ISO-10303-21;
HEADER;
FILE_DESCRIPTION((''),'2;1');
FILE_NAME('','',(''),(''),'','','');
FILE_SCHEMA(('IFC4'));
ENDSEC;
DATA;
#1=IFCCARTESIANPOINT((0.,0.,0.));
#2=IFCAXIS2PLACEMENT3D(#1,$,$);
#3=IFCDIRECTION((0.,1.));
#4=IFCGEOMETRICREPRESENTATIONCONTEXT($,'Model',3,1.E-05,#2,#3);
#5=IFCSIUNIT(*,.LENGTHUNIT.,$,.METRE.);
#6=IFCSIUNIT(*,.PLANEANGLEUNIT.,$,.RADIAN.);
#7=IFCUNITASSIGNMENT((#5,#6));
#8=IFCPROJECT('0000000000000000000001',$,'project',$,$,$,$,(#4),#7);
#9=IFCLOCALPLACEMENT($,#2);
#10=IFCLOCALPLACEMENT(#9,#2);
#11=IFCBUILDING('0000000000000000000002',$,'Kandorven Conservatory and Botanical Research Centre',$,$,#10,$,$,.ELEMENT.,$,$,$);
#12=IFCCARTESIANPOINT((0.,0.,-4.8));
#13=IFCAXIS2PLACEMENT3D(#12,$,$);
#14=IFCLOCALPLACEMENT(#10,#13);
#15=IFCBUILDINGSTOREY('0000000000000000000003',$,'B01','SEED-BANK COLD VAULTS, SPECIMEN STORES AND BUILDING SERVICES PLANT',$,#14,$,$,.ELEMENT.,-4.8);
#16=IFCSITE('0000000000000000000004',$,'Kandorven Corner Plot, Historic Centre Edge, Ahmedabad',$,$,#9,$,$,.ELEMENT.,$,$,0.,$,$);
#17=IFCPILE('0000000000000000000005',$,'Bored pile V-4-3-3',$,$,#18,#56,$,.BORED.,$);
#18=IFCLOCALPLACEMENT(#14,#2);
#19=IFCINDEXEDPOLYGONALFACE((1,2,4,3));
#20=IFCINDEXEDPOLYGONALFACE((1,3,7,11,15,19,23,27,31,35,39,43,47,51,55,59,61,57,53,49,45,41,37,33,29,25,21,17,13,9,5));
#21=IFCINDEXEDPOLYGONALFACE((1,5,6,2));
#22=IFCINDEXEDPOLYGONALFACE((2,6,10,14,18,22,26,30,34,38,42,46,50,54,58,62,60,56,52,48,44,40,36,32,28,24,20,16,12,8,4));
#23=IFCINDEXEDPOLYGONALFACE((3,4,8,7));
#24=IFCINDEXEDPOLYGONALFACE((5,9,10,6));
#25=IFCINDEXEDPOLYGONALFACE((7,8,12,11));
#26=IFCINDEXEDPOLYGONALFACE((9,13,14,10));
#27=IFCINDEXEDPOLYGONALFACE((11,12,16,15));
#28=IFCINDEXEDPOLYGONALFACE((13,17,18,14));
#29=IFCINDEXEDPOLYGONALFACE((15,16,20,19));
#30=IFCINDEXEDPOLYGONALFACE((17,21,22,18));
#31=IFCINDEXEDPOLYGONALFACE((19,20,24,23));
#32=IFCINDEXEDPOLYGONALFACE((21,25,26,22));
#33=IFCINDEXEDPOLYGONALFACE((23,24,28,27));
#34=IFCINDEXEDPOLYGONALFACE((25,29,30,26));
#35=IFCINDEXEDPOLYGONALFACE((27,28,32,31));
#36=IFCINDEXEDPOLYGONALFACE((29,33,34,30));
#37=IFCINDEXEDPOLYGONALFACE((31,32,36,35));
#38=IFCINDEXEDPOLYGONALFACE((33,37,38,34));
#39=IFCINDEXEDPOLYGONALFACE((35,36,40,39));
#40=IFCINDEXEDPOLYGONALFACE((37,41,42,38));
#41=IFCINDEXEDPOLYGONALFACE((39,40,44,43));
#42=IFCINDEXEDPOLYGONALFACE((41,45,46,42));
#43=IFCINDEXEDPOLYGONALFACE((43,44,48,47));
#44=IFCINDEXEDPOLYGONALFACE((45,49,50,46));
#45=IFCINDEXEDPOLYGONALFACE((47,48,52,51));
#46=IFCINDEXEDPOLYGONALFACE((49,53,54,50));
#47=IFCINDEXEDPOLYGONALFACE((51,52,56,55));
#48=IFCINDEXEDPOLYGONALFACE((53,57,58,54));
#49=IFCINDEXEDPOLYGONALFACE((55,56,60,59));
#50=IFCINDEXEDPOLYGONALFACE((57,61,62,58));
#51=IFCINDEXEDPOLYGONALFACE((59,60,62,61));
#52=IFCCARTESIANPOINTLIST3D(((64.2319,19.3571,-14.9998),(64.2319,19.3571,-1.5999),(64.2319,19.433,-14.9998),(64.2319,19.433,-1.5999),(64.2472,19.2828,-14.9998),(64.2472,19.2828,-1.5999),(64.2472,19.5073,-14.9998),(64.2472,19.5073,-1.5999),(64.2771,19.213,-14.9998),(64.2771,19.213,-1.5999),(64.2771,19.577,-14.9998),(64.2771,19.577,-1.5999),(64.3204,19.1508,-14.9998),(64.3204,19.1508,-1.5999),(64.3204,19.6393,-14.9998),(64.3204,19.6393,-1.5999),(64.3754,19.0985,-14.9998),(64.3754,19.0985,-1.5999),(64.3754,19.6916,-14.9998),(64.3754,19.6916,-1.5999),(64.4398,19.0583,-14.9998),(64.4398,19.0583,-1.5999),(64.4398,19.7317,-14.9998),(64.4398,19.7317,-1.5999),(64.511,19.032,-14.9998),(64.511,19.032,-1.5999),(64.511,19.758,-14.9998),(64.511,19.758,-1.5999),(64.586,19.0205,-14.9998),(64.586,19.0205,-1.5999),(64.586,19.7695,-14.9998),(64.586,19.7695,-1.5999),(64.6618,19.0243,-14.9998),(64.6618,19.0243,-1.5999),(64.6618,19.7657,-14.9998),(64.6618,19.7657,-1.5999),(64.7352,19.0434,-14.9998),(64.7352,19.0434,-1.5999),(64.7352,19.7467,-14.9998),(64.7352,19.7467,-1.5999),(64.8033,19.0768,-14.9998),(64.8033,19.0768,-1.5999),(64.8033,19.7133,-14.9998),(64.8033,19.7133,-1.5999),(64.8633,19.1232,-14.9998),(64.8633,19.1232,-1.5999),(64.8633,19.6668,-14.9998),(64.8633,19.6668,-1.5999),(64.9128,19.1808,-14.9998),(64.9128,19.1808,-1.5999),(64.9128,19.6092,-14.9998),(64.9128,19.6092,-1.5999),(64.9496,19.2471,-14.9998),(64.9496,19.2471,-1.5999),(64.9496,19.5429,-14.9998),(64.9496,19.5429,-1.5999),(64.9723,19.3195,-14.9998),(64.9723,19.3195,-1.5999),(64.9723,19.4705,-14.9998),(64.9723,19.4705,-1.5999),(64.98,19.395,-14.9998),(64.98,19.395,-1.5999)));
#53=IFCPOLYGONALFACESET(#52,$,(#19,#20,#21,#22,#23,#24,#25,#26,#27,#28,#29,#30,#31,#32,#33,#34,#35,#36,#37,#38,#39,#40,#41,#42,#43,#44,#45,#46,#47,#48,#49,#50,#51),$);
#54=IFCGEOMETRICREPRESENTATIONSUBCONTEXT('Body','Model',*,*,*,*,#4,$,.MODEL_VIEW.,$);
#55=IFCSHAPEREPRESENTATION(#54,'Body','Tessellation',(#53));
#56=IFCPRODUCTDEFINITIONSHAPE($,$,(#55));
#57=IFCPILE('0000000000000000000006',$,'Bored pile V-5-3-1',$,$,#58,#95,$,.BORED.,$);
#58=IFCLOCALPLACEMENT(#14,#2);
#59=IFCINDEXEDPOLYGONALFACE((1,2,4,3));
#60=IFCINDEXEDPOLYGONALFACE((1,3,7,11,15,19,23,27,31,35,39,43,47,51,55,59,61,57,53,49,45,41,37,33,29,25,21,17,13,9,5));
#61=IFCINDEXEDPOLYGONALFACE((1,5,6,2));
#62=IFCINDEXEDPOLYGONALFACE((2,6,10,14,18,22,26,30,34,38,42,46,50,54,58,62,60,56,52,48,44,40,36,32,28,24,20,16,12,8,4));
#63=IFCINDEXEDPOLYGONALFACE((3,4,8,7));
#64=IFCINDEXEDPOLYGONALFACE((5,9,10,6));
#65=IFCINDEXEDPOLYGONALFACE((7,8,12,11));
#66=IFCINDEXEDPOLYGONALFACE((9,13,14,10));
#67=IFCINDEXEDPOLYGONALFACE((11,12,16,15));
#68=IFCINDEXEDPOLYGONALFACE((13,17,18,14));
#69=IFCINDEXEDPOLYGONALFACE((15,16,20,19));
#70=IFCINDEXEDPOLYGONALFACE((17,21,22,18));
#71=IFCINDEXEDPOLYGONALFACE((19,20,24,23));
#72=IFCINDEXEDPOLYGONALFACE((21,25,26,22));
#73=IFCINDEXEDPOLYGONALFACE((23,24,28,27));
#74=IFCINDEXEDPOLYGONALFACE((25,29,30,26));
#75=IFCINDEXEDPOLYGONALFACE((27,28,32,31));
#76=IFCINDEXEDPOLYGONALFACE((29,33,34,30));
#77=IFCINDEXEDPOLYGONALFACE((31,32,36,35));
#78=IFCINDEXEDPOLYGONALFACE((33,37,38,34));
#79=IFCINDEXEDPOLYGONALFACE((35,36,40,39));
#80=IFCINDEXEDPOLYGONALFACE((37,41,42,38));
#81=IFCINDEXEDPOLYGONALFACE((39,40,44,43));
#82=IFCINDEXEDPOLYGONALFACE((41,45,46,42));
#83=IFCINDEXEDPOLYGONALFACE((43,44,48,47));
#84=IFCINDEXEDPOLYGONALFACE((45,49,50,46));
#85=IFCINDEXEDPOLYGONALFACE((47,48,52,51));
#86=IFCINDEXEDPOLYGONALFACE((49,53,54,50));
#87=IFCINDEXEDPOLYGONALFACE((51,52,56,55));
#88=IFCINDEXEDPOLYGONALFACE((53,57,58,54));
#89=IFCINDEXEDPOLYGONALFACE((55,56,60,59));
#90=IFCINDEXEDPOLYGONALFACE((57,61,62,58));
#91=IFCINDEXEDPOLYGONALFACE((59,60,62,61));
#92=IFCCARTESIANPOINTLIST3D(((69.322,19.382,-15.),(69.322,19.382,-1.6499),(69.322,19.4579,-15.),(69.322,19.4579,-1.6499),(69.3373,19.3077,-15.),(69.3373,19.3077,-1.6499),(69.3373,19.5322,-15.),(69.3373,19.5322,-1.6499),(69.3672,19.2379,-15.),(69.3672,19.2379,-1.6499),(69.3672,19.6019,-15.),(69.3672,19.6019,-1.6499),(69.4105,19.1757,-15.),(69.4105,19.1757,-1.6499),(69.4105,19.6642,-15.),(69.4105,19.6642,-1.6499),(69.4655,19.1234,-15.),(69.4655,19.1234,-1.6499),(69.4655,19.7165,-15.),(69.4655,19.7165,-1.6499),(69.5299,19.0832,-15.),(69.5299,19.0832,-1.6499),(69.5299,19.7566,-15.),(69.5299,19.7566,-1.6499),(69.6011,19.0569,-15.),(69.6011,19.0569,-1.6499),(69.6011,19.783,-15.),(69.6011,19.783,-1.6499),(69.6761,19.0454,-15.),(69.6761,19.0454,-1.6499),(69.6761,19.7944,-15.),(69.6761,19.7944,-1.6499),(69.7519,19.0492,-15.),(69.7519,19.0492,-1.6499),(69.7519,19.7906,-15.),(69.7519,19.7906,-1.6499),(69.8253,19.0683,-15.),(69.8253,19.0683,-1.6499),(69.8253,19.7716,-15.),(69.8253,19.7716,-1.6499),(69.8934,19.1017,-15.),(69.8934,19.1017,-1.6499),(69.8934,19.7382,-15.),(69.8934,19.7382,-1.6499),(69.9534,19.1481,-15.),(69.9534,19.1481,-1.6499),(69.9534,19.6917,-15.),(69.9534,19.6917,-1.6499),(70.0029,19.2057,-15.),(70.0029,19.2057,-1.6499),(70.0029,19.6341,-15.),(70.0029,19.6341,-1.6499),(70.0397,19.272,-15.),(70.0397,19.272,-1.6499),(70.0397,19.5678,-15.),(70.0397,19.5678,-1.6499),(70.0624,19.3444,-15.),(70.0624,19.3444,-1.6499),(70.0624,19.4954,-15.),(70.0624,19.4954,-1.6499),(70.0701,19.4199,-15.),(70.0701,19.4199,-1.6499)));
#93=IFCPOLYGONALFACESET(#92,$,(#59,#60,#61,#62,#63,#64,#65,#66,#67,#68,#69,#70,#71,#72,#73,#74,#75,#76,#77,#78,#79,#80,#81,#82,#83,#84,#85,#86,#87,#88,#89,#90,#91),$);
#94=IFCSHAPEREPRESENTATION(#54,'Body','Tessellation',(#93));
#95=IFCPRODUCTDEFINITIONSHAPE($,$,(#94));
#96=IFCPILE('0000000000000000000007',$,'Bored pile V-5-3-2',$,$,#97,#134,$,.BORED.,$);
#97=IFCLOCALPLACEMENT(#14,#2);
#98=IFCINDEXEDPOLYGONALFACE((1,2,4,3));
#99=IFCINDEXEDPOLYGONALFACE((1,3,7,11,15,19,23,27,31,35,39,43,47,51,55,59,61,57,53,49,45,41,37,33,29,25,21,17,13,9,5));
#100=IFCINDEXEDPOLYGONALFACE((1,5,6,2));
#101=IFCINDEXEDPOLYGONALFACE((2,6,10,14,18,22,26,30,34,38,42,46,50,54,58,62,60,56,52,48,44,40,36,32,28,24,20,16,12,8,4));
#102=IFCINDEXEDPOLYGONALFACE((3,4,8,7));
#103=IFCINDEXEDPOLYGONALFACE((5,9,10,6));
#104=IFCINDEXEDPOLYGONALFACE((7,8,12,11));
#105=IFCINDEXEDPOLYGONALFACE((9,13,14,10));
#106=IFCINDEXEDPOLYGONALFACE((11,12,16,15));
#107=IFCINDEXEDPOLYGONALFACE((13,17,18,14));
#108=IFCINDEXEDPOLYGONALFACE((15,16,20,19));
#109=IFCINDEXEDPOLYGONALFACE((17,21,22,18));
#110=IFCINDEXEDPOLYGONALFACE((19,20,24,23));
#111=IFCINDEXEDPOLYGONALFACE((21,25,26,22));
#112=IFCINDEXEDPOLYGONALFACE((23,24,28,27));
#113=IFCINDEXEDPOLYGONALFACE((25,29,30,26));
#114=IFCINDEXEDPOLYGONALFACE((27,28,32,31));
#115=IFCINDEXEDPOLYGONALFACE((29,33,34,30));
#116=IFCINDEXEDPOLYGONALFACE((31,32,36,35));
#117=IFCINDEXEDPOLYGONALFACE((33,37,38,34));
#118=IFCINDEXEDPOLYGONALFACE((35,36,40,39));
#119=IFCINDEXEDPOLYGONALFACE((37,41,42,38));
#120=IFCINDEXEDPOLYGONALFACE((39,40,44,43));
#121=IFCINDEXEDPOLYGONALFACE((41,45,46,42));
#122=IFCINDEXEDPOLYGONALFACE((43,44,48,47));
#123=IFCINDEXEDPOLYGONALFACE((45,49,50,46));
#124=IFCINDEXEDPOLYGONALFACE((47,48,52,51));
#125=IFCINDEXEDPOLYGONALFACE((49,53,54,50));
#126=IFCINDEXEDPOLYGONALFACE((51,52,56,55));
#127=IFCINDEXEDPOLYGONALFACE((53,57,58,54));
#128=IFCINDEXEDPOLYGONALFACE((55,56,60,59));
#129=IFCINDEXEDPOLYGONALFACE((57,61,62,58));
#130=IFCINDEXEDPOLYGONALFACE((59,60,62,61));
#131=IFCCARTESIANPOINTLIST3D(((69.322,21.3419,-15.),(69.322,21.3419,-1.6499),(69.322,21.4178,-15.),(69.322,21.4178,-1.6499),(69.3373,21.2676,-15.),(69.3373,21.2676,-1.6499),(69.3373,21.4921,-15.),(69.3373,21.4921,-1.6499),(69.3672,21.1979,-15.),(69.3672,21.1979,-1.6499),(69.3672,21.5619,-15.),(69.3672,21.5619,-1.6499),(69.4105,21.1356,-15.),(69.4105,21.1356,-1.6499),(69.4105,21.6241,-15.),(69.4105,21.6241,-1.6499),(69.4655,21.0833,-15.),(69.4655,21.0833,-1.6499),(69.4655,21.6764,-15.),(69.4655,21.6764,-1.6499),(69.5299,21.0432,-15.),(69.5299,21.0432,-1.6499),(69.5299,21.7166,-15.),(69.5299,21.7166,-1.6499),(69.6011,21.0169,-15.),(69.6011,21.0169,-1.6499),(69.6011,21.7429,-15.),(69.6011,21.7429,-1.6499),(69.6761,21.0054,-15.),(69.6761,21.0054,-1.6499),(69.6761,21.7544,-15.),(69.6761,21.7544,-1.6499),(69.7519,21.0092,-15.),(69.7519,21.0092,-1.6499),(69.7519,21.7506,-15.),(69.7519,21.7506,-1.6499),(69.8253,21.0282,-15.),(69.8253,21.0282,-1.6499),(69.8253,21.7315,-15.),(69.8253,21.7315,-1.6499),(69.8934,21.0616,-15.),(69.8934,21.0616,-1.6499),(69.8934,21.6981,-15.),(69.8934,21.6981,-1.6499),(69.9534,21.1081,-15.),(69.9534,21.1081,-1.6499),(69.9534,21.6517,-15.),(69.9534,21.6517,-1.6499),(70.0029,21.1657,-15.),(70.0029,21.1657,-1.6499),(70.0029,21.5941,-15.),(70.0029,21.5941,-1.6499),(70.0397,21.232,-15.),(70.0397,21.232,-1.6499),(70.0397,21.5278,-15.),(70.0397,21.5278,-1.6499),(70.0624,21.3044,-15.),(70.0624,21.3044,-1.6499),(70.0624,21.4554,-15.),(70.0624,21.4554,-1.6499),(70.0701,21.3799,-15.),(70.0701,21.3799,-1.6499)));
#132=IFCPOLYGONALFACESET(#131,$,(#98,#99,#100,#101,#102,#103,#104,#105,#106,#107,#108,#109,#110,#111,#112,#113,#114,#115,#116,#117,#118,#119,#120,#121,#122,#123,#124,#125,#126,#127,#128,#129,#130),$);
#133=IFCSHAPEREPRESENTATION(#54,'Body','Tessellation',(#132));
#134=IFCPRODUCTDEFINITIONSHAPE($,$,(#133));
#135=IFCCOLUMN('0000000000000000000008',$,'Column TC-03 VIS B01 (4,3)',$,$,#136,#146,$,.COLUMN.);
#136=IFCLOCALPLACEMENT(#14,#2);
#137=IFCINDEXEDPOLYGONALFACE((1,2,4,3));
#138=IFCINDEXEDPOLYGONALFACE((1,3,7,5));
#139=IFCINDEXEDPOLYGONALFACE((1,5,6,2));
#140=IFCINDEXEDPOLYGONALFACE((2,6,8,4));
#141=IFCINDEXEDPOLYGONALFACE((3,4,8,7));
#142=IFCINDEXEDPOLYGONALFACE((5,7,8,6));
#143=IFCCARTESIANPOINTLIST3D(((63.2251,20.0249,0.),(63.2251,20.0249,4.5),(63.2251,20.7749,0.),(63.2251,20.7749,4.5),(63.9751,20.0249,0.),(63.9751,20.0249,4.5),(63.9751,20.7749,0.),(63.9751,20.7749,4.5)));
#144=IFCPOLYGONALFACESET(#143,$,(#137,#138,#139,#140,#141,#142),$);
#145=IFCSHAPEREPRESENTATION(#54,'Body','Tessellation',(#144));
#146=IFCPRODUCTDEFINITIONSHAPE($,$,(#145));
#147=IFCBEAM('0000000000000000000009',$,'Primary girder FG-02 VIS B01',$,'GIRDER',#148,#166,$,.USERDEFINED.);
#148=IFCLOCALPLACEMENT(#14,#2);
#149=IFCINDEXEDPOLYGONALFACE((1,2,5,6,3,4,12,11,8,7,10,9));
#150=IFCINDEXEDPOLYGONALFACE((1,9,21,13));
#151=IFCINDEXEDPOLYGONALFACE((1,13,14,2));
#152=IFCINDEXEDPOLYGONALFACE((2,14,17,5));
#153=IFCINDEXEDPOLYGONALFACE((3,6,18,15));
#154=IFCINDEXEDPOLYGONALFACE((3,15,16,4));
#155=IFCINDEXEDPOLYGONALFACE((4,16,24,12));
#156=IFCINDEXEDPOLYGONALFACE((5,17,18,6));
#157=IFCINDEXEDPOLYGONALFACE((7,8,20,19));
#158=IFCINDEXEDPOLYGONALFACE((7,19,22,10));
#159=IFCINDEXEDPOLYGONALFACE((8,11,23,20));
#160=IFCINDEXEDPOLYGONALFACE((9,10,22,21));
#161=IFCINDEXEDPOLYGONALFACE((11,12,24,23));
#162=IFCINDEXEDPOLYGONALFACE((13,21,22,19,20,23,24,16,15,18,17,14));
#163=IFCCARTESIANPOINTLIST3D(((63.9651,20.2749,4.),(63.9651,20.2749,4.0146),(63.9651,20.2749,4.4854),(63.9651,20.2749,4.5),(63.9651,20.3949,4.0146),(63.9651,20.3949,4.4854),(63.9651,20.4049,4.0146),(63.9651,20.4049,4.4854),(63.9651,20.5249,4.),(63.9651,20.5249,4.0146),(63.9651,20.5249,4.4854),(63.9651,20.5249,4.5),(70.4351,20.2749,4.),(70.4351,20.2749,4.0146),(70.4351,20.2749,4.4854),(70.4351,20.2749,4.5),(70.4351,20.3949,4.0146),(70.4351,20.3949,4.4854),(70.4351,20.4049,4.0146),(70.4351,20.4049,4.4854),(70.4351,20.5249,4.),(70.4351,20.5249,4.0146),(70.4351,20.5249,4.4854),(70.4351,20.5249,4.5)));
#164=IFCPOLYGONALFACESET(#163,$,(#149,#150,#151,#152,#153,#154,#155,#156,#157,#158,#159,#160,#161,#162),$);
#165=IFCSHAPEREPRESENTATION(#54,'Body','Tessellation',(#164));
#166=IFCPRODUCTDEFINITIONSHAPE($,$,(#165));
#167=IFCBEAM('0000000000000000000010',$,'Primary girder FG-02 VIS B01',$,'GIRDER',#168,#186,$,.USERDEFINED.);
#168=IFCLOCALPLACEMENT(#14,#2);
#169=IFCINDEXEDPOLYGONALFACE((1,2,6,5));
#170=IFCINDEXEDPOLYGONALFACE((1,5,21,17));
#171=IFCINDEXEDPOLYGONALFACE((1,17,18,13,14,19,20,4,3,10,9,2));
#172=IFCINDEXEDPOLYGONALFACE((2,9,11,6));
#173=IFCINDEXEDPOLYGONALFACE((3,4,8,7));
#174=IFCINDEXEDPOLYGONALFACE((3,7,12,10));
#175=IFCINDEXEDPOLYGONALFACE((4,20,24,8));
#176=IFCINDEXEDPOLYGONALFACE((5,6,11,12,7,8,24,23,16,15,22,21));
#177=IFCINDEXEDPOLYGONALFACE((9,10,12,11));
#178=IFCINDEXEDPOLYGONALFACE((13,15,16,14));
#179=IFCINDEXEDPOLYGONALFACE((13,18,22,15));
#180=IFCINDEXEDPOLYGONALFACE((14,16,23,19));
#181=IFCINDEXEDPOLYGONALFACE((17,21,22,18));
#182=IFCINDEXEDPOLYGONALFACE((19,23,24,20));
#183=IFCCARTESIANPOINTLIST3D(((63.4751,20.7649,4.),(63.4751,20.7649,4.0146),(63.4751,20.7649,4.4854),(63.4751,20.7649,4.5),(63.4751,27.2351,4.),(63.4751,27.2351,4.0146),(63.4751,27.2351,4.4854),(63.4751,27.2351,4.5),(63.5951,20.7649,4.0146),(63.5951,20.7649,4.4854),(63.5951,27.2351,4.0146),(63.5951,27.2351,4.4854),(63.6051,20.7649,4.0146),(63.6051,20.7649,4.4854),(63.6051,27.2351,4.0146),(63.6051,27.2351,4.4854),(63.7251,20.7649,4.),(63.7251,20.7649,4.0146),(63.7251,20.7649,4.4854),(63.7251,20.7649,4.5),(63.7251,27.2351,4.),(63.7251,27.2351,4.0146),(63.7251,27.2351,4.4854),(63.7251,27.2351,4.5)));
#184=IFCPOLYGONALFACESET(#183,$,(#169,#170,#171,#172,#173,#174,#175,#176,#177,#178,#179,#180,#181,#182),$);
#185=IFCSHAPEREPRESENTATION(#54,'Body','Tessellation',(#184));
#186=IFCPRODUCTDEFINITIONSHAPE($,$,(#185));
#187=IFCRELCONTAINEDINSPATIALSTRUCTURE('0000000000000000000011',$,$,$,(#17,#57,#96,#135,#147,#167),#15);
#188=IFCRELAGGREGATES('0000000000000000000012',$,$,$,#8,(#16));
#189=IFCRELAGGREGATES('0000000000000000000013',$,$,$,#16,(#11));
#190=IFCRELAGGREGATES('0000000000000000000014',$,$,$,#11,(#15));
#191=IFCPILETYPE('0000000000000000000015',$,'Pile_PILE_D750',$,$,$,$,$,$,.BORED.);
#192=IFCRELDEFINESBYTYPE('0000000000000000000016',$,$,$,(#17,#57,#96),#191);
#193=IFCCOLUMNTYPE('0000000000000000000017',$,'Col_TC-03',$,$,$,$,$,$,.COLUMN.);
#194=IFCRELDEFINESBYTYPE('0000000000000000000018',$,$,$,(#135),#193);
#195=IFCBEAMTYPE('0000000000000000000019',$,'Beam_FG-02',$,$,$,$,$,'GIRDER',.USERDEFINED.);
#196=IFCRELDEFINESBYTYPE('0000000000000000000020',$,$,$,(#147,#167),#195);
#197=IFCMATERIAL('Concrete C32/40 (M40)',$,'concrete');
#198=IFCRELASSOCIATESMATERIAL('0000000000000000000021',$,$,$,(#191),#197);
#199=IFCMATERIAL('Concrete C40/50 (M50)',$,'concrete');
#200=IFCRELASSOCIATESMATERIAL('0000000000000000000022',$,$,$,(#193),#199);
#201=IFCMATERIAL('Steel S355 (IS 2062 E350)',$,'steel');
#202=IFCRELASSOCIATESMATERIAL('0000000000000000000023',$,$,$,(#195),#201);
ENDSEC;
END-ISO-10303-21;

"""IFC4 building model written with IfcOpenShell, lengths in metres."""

from ifc_helpers import new_model, si_unit, direction, frame, origin, origin_2d, place, context, subcontext, project, spatial, rectangle, circle, i_section, extrude, material, material_profile, profile_set, type_object, element, save


model = new_model("IFC4")

# Units and contexts
model_context = context("Model", 3, precision=1e-05, world=origin(), true_north=direction((0.0, 1.0)))
body_context = subcontext(model_context, "Body", "Model", "MODEL_VIEW")
ifc_project = project(units=[si_unit("LENGTHUNIT", "METRE"), si_unit("PLANEANGLEUNIT", "RADIAN")], contexts=[model_context])

# Site, building, storey
site_placement = place(None, origin())
site = spatial("IfcSite", under=ifc_project, at=site_placement, Name="Kandorven Corner Plot, Historic Centre Edge, Ahmedabad", CompositionType="ELEMENT", RefElevation=0.0)
building_placement = place(site_placement, origin())
building = spatial("IfcBuilding", under=site, at=building_placement, Name="Kandorven Conservatory and Botanical Research Centre", CompositionType="ELEMENT")
storey_placement = place(building_placement, frame((0.0, 0.0, -4.8)))
storey = spatial("IfcBuildingStorey", under=building, at=storey_placement, Name="B01", Description="SEED-BANK COLD VAULTS, SPECIMEN STORES AND BUILDING SERVICES PLANT", CompositionType="ELEMENT", Elevation=-4.8)

# Piles
ifc_material_1 = material(Name="Concrete C32/40 (M40)", Category="concrete")
ifc_material_profile_1 = material_profile(ifc_material_1, circle(Radius=0.375, at=origin_2d()))
ifc_profile_set_1 = profile_set([ifc_material_profile_1], Name="Concrete C32/40 (M40)")
pile_type = type_object("IfcPileType", Name="Pile_PILE_D750", PredefinedType="BORED", material=ifc_profile_set_1)
for number, where, z_axis, x_axis, name in (
    (1, (64.605, 19.395, -1.5999), (0.0, 0.0, -1.0), (1.0, 0.0, 0.0), "Bored pile V-4-3-3"),
):
    element("IfcPile", number, at=place(storey_placement, frame(where, z_axis=z_axis, x_axis=x_axis)), inside=storey, type_object=pile_type, Name=name, PredefinedType="BORED", context=body_context, shape_type="SweptSolid", body=[
        extrude(circle(Radius=0.375, at=origin_2d()), origin(), (0.0, 0.0, 1.0), 13.3999),
    ])
for number, where, z_axis, x_axis, name in (
    (2, (69.6951, 19.4199, -1.6499), (0.0, 0.0, -1.0), (1.0, 0.0, 0.0), "Bored pile V-5-3-1"),
    (3, (69.6951, 21.3799, -1.6499), (0.0, 0.0, -1.0), (1.0, 0.0, 0.0), "Bored pile V-5-3-2"),
):
    element("IfcPile", number, at=place(storey_placement, frame(where, z_axis=z_axis, x_axis=x_axis)), inside=storey, type_object=pile_type, Name=name, PredefinedType="BORED", context=body_context, shape_type="SweptSolid", body=[
        extrude(circle(Radius=0.375, at=origin_2d()), origin(), (0.0, 0.0, 1.0), 13.3501),
    ])

# Column
ifc_material_2 = material(Name="Concrete C40/50 (M50)", Category="concrete")
ifc_material_profile_2 = material_profile(ifc_material_2, rectangle(XDim=0.75, YDim=0.75, at=origin_2d()))
ifc_profile_set_2 = profile_set([ifc_material_profile_2], Name="Concrete C40/50 (M50)")
column_type = type_object("IfcColumnType", Name="Col_TC-03", PredefinedType="COLUMN", material=ifc_profile_set_2)
column_placement = place(storey_placement, frame((63.6001, 20.3999, 0.0), z_axis=(0.0, 0.0, 1.0), x_axis=(1.0, 0.0, 0.0)))
element("IfcColumn", 4, at=column_placement, inside=storey, type_object=column_type, Name="Column TC-03 VIS B01 (4,3)", PredefinedType="COLUMN", context=body_context, shape_type="SweptSolid", body=[
    extrude(rectangle(XDim=0.75, YDim=0.75, at=origin_2d()), origin(), (0.0, 0.0, 1.0), 4.5),
])

# Beams
ifc_material_3 = material(Name="Steel S355 (IS 2062 E350)", Category="steel")
ifc_material_profile_3 = material_profile(ifc_material_3, i_section(OverallWidth=0.25, OverallDepth=0.5, WebThickness=0.01, FlangeThickness=0.0146, at=origin_2d()))
ifc_profile_set_3 = profile_set([ifc_material_profile_3], Name="Steel S355 (IS 2062 E350)")
beam_type_1 = type_object("IfcBeamType", Name="Beam_FG-02", ElementType="GIRDER", PredefinedType="USERDEFINED", material=ifc_profile_set_3)
beam_1_placement = place(storey_placement, frame((63.9651, 20.3999, 4.25), z_axis=(1.0, 0.0, 0.0), x_axis=(0.0, 1.0, 0.0)))
element("IfcBeam", 5, at=beam_1_placement, inside=storey, type_object=beam_type_1, Name="Primary girder FG-02 VIS B01", ObjectType="GIRDER", PredefinedType="USERDEFINED", context=body_context, shape_type="SweptSolid", body=[
    extrude(i_section(OverallWidth=0.25, OverallDepth=0.5, WebThickness=0.01, FlangeThickness=0.0146, at=origin_2d()), origin(), (0.0, 0.0, 1.0), 6.47),
])
beam_2_placement = place(storey_placement, frame((63.6001, 20.7649, 4.25), z_axis=(0.0, 1.0, 0.0), x_axis=(-1.0, 0.0, 0.0)))
element("IfcBeam", 6, at=beam_2_placement, inside=storey, type_object=beam_type_1, Name="Primary girder FG-02 VIS B01", ObjectType="GIRDER", PredefinedType="USERDEFINED", context=body_context, shape_type="SweptSolid", body=[
    extrude(i_section(OverallWidth=0.25, OverallDepth=0.5, WebThickness=0.01, FlangeThickness=0.0146, at=origin_2d()), origin(), (0.0, 0.0, 1.0), 6.4702),
])

save(model, "model.ifc")
